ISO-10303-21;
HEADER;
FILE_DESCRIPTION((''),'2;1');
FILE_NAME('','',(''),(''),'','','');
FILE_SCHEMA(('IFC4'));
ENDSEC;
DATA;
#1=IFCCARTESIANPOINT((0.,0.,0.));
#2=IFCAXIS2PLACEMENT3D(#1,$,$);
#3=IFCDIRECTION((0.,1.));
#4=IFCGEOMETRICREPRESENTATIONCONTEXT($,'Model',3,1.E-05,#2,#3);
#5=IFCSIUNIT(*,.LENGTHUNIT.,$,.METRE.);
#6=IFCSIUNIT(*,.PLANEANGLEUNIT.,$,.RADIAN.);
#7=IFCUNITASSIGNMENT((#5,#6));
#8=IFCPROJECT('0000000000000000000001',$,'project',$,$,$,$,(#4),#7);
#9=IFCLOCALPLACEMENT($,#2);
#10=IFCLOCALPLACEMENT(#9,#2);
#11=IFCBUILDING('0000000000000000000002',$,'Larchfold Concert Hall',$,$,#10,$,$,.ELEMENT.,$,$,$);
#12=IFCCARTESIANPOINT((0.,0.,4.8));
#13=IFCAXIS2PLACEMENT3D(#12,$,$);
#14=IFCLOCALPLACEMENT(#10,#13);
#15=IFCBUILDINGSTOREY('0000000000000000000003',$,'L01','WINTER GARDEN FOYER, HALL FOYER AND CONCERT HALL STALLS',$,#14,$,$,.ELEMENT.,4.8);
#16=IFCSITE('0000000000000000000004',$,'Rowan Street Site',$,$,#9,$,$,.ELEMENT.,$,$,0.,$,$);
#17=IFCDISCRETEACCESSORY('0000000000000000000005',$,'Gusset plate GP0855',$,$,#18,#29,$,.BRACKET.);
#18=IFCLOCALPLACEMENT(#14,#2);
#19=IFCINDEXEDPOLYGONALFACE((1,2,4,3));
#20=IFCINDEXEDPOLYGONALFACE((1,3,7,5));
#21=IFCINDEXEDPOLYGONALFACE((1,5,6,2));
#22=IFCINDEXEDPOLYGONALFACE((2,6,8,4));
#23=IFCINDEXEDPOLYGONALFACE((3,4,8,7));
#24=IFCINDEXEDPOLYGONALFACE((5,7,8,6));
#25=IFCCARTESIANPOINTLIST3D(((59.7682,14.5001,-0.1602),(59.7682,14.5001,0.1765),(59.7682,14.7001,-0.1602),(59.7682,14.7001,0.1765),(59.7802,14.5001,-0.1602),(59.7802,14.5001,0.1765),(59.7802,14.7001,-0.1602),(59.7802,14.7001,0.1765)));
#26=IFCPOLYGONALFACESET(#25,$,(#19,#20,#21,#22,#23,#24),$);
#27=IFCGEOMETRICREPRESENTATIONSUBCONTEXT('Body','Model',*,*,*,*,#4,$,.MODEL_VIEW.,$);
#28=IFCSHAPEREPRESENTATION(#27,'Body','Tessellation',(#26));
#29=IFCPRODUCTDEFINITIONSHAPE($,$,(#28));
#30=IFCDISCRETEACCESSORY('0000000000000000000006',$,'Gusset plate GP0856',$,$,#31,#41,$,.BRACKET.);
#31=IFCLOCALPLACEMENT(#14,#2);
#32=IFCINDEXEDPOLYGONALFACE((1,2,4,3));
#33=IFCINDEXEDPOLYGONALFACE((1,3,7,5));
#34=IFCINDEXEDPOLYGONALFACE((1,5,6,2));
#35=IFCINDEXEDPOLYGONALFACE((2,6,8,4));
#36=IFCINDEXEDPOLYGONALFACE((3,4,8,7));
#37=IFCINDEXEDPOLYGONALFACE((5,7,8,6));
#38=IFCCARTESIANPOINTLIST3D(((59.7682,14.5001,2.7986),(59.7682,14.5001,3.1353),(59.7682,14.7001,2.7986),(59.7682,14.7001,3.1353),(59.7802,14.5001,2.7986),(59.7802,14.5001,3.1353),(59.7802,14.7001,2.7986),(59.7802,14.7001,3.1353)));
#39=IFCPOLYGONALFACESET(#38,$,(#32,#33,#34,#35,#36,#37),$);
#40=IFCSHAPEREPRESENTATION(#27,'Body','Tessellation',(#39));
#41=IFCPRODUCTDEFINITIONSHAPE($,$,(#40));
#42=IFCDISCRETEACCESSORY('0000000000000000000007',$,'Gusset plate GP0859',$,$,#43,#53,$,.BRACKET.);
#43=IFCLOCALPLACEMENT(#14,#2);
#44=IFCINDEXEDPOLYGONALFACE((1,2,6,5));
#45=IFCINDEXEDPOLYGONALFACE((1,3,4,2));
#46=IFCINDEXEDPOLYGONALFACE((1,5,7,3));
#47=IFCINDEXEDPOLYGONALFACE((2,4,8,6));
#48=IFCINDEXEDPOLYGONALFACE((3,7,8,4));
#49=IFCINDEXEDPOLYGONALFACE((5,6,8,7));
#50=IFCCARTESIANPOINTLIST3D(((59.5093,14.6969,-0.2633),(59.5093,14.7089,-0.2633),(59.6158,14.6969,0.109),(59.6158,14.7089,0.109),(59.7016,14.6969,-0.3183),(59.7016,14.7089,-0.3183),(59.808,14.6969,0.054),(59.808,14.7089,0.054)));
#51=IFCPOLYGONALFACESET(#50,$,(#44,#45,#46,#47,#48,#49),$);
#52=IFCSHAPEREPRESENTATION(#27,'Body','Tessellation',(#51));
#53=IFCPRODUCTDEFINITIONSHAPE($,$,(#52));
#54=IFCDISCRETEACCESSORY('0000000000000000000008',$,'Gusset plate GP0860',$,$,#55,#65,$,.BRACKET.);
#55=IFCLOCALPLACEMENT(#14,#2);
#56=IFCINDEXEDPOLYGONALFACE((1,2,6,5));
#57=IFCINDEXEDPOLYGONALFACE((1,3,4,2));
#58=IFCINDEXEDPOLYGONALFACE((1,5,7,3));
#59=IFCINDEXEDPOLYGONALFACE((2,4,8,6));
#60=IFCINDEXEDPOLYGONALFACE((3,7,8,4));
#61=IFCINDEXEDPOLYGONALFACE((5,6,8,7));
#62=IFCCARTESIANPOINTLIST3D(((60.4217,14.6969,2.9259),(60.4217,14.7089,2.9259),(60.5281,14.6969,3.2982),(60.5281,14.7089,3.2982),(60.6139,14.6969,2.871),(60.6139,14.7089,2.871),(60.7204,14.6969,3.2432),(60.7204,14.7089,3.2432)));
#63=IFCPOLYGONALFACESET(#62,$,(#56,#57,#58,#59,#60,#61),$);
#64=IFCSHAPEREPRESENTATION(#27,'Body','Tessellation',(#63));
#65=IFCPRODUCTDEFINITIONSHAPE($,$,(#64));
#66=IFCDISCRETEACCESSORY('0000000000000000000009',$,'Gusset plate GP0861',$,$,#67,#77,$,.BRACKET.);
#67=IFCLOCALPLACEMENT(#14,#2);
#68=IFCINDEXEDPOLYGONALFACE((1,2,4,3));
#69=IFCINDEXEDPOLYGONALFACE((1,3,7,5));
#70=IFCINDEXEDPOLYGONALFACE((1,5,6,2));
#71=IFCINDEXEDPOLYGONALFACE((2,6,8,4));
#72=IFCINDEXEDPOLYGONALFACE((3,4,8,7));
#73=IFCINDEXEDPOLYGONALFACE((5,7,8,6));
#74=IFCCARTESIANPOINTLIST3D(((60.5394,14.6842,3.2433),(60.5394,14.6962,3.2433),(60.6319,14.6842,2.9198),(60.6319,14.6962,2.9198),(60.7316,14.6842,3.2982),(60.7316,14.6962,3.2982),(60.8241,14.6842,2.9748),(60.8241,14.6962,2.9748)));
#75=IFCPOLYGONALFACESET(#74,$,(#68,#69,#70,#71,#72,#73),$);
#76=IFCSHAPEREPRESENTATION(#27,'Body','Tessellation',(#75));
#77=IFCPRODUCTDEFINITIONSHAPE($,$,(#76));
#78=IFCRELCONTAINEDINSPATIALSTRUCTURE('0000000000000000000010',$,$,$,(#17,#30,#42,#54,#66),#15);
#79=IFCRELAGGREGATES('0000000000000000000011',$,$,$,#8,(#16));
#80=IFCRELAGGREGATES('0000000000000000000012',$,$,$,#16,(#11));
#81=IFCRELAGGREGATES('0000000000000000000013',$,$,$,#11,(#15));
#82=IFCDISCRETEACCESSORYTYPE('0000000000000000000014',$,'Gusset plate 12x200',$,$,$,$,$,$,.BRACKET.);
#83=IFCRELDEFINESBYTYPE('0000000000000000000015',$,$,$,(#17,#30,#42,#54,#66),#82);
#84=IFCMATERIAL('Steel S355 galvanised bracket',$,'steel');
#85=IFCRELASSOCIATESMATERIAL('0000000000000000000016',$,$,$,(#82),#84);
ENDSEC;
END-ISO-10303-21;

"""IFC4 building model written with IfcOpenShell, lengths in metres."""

from ifc_helpers import new_model, si_unit, direction, frame, origin, origin_2d, place, context, subcontext, project, spatial, rectangle, extrude, material, material_profile, profile_set, type_object, element, save


model = new_model("IFC4")

# Units and contexts
model_context = context("Model", 3, precision=1e-05, world=origin(), true_north=direction((0.0, 1.0)))
body_context = subcontext(model_context, "Body", "Model", "MODEL_VIEW")
ifc_project = project(units=[si_unit("LENGTHUNIT", "METRE"), si_unit("PLANEANGLEUNIT", "RADIAN")], contexts=[model_context])

# Site, building, storey
site_placement = place(None, origin())
site = spatial("IfcSite", under=ifc_project, at=site_placement, Name="Rowan Street Site", CompositionType="ELEMENT", RefElevation=0.0)
building_placement = place(site_placement, origin())
building = spatial("IfcBuilding", under=site, at=building_placement, Name="Larchfold Concert Hall", CompositionType="ELEMENT")
storey_placement = place(building_placement, frame((0.0, 0.0, 4.8)))
storey = spatial("IfcBuildingStorey", under=building, at=storey_placement, Name="L01", Description="WINTER GARDEN FOYER, HALL FOYER AND CONCERT HALL STALLS", CompositionType="ELEMENT", Elevation=4.8)

# Discrete accessories
ifc_material_1 = material(Name="Steel S355 galvanised bracket", Category="steel")
ifc_material_profile_1 = material_profile(ifc_material_1, rectangle(XDim=0.012, YDim=0.2, at=origin_2d()))
ifc_profile_set_1 = profile_set([ifc_material_profile_1], Name="Steel S355 galvanised bracket")
discrete_accessory_type = type_object("IfcDiscreteAccessoryType", Name="Gusset plate 12x200", PredefinedType="BRACKET", material=ifc_profile_set_1)
for number, where, z_axis, x_axis, name in (
    (1, (59.7742, 14.6001, -0.1602), (0.0, 0.0, 1.0), (1.0, 0.0, 0.0), "Gusset plate GP0855"),
    (2, (59.7742, 14.6001, 2.7986), (0.0, 0.0, 1.0), (1.0, 0.0, 0.0), "Gusset plate GP0856"),
):
    element("IfcDiscreteAccessory", number, at=place(storey_placement, frame(where, z_axis=z_axis, x_axis=x_axis)), inside=storey, type_object=discrete_accessory_type, Name=name, PredefinedType="BRACKET", context=body_context, shape_type="SweptSolid", body=[
        extrude(rectangle(XDim=0.012, YDim=0.2, at=origin_2d()), origin(), (0.0, 0.0, 1.0), 0.3367),
    ])
for number, where, z_axis, x_axis, name in (
    (3, (59.6055, 14.7029, -0.2908), (0.274888, 0.0, 0.961476), (0.0, 1.0, 0.0), "Gusset plate GP0859"),
    (4, (60.5178, 14.7029, 2.8984), (0.274888, 0.0, 0.961476), (0.0, 1.0, 0.0), "Gusset plate GP0860"),
):
    element("IfcDiscreteAccessory", number, at=place(storey_placement, frame(where, z_axis=z_axis, x_axis=x_axis)), inside=storey, type_object=discrete_accessory_type, Name=name, PredefinedType="BRACKET", context=body_context, shape_type="SweptSolid", body=[
        extrude(rectangle(XDim=0.012, YDim=0.2, at=origin_2d()), origin(), (0.0, 0.0, 1.0), 0.3872),
    ])
discrete_accessory_placement = place(storey_placement, frame((60.6355, 14.6902, 3.2708), z_axis=(0.275009, 0.0, -0.961442), x_axis=(0.0, 1.0, 0.0)))
element("IfcDiscreteAccessory", 5, at=discrete_accessory_placement, inside=storey, type_object=discrete_accessory_type, Name="Gusset plate GP0861", PredefinedType="BRACKET", context=body_context, shape_type="SweptSolid", body=[
    extrude(rectangle(XDim=0.012, YDim=0.2, at=origin_2d()), origin(), (0.0, 0.0, 1.0), 0.3364),
])

save(model, "model.ifc")
